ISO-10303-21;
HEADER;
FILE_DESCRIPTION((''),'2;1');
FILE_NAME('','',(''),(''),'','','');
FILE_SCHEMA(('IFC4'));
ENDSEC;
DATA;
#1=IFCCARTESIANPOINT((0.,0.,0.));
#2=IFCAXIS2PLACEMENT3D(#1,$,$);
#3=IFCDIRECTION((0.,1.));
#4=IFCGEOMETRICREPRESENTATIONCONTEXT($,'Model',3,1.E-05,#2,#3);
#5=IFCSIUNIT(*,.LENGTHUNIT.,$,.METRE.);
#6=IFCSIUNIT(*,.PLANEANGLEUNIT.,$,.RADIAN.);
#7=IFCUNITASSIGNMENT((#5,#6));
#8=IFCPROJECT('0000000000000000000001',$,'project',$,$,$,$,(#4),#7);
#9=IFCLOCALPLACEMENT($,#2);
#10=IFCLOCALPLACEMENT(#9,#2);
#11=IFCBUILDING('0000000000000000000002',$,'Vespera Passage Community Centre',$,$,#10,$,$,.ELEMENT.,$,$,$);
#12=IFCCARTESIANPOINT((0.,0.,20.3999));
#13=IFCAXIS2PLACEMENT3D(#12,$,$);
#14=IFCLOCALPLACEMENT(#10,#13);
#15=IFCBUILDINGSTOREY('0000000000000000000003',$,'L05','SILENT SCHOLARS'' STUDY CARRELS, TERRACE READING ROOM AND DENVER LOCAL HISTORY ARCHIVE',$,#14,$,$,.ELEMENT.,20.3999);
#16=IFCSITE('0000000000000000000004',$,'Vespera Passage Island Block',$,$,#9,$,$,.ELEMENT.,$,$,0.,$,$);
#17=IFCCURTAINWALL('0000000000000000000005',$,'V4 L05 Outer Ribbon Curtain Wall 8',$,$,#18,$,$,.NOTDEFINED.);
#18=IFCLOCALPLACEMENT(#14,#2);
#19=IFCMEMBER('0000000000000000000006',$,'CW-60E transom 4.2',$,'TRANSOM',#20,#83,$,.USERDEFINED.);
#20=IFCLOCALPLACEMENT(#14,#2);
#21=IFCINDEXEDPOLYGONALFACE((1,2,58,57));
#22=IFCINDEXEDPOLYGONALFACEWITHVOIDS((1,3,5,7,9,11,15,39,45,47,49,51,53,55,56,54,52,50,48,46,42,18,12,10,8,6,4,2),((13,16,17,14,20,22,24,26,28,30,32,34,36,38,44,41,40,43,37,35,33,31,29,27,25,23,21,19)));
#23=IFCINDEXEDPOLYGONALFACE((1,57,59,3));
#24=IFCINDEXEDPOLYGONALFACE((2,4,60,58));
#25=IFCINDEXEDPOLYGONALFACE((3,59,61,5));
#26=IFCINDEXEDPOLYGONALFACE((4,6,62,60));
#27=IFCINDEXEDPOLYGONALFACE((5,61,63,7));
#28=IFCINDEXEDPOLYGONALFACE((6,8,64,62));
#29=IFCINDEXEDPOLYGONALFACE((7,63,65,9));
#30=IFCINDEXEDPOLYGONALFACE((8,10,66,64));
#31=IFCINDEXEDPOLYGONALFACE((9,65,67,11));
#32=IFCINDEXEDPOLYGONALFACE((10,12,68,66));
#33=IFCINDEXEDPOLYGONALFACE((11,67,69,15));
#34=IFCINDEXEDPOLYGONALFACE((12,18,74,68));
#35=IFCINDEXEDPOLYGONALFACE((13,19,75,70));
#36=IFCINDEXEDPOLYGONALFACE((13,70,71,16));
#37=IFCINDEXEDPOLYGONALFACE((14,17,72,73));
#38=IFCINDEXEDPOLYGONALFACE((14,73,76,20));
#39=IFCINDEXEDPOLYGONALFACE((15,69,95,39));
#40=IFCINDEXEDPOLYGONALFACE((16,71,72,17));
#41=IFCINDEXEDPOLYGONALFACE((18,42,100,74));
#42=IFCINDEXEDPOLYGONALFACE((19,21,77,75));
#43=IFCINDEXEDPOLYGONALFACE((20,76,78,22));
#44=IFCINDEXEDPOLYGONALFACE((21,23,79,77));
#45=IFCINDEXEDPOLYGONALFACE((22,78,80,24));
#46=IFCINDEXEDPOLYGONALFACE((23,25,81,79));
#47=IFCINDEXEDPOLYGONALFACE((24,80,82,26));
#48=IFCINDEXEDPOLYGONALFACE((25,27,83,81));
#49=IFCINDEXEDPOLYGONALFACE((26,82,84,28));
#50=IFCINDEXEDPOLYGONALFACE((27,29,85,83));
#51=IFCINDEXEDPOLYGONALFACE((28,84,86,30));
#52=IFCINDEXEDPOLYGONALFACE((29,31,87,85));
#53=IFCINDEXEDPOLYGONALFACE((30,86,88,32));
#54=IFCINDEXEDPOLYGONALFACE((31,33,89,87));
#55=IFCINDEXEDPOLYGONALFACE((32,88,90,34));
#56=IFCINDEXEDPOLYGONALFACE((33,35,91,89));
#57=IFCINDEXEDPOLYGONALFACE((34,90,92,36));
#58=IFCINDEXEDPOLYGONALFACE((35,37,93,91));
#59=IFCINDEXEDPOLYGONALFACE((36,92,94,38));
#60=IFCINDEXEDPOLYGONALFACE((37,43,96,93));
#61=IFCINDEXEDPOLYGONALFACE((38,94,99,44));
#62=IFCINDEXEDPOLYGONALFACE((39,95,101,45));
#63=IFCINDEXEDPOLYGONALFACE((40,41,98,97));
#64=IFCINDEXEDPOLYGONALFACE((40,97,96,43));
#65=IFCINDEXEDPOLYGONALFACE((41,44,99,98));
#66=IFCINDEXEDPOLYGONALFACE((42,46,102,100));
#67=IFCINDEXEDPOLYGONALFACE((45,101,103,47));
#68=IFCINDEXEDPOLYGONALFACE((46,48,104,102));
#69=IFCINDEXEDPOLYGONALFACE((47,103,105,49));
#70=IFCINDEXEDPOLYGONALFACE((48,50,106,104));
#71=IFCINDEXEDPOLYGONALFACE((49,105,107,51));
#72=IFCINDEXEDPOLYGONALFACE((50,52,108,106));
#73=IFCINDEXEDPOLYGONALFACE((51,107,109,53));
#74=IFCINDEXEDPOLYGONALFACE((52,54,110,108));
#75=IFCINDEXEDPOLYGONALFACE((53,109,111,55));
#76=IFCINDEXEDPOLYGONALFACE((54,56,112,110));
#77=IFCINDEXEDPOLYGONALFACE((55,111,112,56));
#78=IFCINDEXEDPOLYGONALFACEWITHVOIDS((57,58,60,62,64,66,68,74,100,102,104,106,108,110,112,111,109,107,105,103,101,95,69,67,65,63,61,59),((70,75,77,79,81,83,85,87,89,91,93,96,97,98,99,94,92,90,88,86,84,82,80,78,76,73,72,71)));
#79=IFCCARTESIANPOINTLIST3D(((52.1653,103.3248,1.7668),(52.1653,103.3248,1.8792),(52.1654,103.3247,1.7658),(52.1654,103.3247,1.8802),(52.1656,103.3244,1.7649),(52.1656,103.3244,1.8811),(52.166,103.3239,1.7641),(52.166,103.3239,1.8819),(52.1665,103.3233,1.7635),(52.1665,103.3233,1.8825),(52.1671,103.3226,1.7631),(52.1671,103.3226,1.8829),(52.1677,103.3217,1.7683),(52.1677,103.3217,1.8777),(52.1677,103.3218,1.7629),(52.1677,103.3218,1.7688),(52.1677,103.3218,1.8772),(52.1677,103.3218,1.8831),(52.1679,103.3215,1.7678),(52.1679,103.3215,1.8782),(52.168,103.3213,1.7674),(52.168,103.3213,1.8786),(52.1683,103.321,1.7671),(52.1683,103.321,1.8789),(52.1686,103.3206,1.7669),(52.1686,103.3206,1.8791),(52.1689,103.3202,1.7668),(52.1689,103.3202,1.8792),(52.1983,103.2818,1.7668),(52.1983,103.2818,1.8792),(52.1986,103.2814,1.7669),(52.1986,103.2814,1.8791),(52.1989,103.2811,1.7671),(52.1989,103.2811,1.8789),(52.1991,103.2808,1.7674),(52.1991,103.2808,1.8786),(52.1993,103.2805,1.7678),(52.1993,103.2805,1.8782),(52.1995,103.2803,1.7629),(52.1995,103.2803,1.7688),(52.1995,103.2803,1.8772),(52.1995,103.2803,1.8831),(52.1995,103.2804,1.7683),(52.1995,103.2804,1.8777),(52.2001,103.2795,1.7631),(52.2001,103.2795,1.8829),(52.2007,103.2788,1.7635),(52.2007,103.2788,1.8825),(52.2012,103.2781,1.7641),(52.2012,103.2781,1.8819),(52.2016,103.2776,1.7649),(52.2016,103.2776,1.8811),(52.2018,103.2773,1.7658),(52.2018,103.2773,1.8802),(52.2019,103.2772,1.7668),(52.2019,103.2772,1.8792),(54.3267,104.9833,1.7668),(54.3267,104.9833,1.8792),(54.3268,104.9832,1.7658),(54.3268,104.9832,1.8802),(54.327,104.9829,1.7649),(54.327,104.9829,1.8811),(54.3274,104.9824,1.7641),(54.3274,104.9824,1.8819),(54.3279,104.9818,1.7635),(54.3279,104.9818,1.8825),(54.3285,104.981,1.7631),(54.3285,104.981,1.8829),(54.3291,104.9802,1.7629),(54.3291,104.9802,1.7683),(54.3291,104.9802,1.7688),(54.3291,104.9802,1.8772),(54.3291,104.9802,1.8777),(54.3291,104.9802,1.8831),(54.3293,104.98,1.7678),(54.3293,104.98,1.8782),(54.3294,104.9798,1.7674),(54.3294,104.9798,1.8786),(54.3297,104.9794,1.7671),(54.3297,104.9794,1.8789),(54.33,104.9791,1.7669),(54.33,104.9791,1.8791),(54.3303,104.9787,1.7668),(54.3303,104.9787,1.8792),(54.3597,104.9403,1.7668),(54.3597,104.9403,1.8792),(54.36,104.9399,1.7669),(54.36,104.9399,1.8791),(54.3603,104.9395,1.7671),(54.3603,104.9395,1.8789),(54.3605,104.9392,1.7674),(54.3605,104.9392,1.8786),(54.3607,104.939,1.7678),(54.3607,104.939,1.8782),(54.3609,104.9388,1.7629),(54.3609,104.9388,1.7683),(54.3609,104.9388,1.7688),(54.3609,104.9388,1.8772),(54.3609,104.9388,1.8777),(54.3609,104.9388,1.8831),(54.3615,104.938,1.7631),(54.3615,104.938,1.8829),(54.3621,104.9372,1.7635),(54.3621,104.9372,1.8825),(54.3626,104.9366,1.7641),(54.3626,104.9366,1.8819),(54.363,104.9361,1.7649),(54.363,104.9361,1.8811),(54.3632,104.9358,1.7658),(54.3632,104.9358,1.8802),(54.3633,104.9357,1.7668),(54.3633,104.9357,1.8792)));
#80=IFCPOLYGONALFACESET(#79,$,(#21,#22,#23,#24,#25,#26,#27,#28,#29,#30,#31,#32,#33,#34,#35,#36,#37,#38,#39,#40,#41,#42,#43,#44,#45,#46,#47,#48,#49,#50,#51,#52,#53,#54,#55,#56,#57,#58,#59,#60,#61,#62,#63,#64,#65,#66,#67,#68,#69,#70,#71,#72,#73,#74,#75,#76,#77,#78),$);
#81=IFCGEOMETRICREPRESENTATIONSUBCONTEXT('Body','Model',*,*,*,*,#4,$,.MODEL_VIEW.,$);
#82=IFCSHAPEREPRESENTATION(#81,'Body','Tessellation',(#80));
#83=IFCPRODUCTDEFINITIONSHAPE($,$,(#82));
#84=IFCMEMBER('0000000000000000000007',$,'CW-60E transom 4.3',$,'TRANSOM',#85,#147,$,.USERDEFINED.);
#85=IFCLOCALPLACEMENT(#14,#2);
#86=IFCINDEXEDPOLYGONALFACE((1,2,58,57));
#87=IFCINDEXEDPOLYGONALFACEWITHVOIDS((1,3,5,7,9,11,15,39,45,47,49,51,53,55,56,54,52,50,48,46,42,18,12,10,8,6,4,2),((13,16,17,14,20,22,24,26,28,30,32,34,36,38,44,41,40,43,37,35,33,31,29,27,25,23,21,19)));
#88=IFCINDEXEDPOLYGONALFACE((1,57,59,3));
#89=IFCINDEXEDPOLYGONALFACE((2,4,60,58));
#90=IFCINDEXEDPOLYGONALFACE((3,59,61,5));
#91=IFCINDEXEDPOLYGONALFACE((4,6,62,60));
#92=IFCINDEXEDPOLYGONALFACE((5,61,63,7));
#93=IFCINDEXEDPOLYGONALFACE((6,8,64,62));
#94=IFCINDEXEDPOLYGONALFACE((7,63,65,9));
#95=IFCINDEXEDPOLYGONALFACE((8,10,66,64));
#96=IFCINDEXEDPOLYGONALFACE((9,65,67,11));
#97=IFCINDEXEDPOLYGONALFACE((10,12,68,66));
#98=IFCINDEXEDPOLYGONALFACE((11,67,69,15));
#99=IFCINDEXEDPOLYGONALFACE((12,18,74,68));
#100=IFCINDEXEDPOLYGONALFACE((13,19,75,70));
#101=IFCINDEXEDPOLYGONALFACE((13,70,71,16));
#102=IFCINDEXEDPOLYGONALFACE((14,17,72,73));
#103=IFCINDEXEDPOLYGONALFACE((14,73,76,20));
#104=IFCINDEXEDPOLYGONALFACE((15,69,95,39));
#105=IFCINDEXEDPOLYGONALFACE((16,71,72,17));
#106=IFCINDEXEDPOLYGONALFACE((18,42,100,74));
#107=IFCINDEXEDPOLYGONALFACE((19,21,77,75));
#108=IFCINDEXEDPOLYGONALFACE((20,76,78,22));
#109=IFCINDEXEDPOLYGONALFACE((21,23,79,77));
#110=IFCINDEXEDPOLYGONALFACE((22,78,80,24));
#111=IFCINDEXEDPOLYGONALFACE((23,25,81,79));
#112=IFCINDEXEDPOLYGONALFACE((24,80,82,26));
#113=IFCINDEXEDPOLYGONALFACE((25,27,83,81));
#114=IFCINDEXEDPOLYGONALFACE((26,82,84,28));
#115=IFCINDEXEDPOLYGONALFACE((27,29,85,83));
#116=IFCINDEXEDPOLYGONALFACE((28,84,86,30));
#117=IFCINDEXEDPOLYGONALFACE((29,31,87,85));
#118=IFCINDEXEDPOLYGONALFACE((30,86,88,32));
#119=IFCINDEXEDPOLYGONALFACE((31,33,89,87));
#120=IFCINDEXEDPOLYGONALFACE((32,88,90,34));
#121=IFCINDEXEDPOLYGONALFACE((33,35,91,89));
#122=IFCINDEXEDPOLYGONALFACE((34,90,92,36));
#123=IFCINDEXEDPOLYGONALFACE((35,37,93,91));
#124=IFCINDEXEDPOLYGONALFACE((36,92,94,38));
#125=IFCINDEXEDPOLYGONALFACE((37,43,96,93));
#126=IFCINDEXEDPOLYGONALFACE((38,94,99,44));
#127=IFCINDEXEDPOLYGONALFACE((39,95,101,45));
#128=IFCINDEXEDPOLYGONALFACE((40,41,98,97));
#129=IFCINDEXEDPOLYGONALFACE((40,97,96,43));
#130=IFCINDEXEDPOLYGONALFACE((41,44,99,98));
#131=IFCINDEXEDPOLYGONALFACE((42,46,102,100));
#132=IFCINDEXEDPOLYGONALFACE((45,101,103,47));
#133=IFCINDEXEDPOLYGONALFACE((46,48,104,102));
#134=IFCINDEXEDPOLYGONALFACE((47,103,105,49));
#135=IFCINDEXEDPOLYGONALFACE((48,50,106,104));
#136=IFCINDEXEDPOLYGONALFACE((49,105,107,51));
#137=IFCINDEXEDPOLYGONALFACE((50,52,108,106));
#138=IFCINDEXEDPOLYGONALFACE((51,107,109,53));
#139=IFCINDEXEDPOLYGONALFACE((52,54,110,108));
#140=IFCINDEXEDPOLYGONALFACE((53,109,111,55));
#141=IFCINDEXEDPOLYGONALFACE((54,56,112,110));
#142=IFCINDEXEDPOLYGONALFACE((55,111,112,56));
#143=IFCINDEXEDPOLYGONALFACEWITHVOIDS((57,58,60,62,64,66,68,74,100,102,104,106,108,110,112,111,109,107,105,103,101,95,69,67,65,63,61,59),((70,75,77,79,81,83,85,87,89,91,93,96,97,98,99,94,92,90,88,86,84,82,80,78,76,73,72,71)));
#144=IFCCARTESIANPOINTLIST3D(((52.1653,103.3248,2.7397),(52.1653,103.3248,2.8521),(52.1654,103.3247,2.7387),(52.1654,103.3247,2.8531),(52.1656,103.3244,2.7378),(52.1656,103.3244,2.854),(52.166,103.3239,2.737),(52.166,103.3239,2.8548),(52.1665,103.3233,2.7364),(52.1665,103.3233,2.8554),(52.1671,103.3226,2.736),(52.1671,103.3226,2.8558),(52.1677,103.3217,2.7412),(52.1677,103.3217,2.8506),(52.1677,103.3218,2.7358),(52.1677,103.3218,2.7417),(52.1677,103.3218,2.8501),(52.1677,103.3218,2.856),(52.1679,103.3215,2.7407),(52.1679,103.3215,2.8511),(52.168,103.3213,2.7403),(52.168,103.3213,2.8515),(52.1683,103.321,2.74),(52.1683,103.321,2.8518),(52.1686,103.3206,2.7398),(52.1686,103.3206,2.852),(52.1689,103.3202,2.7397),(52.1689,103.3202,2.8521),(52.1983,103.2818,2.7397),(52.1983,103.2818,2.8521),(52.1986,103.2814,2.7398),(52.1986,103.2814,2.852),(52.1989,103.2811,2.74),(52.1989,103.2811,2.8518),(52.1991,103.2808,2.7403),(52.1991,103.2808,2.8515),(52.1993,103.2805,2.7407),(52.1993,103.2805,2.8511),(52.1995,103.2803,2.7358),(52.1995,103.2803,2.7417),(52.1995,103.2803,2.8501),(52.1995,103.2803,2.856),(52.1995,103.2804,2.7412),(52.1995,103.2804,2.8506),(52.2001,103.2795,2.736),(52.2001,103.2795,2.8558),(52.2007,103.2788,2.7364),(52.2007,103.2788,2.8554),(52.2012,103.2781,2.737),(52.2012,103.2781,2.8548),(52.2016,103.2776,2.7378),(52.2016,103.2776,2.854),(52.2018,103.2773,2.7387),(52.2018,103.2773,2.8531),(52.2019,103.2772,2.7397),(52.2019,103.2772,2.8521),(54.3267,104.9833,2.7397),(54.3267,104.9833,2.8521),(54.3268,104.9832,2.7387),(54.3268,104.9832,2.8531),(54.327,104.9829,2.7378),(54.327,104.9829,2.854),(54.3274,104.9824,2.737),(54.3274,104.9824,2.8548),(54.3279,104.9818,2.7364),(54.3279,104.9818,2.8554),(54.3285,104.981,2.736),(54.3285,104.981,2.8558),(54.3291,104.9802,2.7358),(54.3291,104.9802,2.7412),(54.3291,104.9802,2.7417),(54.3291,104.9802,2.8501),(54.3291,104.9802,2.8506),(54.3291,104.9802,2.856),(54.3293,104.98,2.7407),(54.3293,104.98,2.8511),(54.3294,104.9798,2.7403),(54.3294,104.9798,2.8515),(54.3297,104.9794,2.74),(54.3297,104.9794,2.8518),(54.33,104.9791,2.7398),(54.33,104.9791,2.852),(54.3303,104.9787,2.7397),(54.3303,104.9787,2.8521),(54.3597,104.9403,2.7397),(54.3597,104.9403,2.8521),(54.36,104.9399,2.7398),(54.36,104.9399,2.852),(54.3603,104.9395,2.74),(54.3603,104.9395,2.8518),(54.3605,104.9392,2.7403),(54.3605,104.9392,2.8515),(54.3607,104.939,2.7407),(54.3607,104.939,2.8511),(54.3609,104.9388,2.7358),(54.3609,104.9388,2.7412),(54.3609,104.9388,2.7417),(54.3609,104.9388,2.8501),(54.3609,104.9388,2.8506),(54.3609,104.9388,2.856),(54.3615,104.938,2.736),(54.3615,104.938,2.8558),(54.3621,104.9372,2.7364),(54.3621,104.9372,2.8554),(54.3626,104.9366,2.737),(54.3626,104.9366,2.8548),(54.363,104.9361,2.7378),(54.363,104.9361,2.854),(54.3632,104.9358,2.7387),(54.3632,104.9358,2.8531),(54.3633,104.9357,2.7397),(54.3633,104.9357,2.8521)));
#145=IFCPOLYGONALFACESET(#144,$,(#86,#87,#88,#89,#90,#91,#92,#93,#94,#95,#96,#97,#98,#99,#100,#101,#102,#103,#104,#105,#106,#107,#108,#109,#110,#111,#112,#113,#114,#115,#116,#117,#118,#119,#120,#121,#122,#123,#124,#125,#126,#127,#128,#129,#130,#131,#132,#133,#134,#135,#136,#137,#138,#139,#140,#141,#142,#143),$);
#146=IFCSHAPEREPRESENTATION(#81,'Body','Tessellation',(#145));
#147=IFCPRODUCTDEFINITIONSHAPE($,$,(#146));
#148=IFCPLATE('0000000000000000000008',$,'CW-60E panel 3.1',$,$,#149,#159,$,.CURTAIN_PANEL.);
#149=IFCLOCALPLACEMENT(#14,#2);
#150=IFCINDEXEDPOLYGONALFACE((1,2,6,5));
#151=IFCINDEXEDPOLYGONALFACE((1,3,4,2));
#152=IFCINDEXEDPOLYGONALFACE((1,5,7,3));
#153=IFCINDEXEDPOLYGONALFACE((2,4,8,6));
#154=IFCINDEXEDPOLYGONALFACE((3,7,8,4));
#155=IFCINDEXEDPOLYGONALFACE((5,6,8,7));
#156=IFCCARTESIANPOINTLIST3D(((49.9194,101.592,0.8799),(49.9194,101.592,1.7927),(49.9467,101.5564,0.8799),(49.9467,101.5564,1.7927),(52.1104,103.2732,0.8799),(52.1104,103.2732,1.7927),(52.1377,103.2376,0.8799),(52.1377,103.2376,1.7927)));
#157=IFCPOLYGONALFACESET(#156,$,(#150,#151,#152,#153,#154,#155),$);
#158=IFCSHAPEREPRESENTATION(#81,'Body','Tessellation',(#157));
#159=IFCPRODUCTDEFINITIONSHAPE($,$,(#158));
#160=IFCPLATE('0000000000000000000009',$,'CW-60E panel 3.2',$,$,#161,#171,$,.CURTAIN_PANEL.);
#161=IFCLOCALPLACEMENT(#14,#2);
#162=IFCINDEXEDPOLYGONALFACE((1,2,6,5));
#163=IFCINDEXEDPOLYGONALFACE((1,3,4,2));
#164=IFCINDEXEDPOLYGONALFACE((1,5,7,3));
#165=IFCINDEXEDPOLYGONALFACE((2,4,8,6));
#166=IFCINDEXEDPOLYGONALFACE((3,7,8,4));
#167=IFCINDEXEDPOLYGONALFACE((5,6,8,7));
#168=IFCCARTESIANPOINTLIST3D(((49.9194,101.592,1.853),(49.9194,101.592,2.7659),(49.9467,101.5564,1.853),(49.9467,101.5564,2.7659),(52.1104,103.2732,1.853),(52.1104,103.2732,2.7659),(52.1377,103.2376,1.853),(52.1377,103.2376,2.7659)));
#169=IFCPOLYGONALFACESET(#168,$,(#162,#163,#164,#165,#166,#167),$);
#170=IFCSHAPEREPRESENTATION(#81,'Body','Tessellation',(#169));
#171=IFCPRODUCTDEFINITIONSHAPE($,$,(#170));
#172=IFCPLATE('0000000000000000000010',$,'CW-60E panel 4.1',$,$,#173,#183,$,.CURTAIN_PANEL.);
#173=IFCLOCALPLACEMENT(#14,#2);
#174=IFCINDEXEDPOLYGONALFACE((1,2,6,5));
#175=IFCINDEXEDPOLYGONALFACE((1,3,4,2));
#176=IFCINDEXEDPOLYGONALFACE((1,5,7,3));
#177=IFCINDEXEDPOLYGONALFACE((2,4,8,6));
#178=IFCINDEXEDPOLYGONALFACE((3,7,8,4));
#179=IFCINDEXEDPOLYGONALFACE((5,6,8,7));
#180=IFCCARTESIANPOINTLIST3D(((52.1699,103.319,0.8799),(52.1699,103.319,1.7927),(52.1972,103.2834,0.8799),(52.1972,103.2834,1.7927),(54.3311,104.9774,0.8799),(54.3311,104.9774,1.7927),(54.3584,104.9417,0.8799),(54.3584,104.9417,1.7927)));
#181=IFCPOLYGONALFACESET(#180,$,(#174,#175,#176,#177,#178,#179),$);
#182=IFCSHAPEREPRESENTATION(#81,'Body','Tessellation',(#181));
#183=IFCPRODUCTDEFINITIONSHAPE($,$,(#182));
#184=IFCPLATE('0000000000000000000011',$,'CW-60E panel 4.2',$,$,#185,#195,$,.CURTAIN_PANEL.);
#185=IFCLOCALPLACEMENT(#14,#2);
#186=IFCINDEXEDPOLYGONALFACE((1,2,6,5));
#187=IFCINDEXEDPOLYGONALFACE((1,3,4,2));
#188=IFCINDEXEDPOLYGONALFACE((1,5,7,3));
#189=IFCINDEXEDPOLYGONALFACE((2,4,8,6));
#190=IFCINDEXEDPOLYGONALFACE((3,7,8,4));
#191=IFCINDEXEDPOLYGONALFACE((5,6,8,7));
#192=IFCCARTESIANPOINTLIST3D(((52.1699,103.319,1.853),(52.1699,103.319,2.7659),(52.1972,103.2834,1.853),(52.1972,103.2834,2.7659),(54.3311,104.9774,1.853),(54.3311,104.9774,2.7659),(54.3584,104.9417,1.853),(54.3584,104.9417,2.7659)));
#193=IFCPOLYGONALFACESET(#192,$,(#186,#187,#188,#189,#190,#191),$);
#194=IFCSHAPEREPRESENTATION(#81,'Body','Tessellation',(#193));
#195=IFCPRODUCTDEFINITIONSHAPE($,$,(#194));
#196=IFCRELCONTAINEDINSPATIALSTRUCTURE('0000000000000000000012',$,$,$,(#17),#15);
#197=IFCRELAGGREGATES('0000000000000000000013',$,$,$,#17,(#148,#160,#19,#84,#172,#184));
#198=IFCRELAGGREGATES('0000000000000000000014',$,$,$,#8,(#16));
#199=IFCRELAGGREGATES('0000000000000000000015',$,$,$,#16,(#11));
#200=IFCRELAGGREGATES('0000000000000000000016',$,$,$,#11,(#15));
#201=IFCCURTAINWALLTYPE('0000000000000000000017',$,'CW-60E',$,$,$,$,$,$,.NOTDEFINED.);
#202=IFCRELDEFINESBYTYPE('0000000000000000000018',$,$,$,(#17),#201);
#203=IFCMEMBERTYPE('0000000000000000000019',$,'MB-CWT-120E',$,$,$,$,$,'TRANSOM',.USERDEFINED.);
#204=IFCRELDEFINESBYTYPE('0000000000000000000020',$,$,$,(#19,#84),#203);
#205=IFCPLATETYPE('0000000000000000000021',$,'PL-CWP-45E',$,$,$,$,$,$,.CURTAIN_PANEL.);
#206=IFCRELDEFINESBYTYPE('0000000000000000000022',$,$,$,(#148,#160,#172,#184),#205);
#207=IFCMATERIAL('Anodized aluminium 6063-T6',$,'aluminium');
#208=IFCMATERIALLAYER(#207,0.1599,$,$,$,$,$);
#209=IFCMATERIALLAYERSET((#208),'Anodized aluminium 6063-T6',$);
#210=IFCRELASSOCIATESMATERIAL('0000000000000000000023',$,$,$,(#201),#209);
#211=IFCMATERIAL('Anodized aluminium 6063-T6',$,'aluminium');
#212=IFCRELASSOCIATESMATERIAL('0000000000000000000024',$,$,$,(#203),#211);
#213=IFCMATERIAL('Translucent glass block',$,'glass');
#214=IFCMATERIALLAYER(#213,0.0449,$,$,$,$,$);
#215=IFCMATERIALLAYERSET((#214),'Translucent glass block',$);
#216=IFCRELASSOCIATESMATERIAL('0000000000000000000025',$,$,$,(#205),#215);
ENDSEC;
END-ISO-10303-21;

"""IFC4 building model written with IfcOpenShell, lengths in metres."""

from ifc_helpers import new_model, si_unit, direction, frame, origin, origin_2d, place, context, subcontext, project, spatial, rectangle, hollow_rectangle, extrude, material, layer, layer_set, material_profile, profile_set, type_object, element, aggregate, save


model = new_model("IFC4")

# Units and contexts
model_context = context("Model", 3, precision=1e-05, world=origin(), true_north=direction((0.0, 1.0)))
body_context = subcontext(model_context, "Body", "Model", "MODEL_VIEW")
ifc_project = project(units=[si_unit("LENGTHUNIT", "METRE"), si_unit("PLANEANGLEUNIT", "RADIAN")], contexts=[model_context])

# Site, building, storey
site_placement = place(None, origin())
site = spatial("IfcSite", under=ifc_project, at=site_placement, Name="Vespera Passage Island Block", CompositionType="ELEMENT", RefElevation=0.0)
building_placement = place(site_placement, origin())
building = spatial("IfcBuilding", under=site, at=building_placement, Name="Vespera Passage Community Centre", CompositionType="ELEMENT")
storey_placement = place(building_placement, frame((0.0, 0.0, 20.3999)))
storey = spatial("IfcBuildingStorey", under=building, at=storey_placement, Name="L05", Description="SILENT SCHOLARS' STUDY CARRELS, TERRACE READING ROOM AND DENVER LOCAL HISTORY ARCHIVE", CompositionType="ELEMENT", Elevation=20.3999)

# Curtain wall
ifc_material_1 = material(Name="Anodized aluminium 6063-T6", Category="aluminium")
ifc_layer_1 = layer(ifc_material_1, 0.1599)
ifc_layer_set_1 = layer_set([ifc_layer_1], Name="Anodized aluminium 6063-T6")
curtain_wall_type_1 = type_object("IfcCurtainWallType", Name="CW-60E", PredefinedType="NOTDEFINED", material=ifc_layer_set_1)
curtain_wall_1_placement = place(storey_placement, origin())
curtain_wall_1 = element("IfcCurtainWall", 1, at=curtain_wall_1_placement, inside=storey, type_object=curtain_wall_type_1, Name="V4 L05 Outer Ribbon Curtain Wall 8", PredefinedType="NOTDEFINED")

# Members
ifc_material_2 = material(Name="Anodized aluminium 6063-T6", Category="aluminium")
ifc_material_profile_1 = material_profile(ifc_material_2, hollow_rectangle(XDim=0.0601, YDim=0.1201, WallThickness=0.0039, InnerFilletRadius=0.002, OuterFilletRadius=0.0039, at=origin_2d()), Name="ALU120X60X4")
ifc_profile_set_1 = profile_set([ifc_material_profile_1], Name="Anodized aluminium 6063-T6")
member_type_1 = type_object("IfcMemberType", Name="MB-CWT-120E", ElementType="TRANSOM", PredefinedType="USERDEFINED", material=ifc_profile_set_1)
member_1_placement = place(storey_placement, frame((52.1836, 103.301, 1.823), z_axis=(0.79336, 0.608753, 0.0), x_axis=(-0.608753, 0.79336, 0.0)))
member_1 = element("IfcMember", 2, at=member_1_placement, type_object=member_type_1, Name="CW-60E transom 4.2", ObjectType="TRANSOM", PredefinedType="USERDEFINED", context=body_context, shape_type="SweptSolid", body=[
    extrude(hollow_rectangle(XDim=0.0601, YDim=0.1201, WallThickness=0.0039, InnerFilletRadius=0.002, OuterFilletRadius=0.0039, at=origin_2d()), origin(), (0.0, 0.0, 1.0), 2.7244),
])
member_2_placement = place(storey_placement, frame((52.1836, 103.301, 2.7959), z_axis=(0.79336, 0.608753, 0.0), x_axis=(-0.608753, 0.79336, 0.0)))
member_2 = element("IfcMember", 3, at=member_2_placement, type_object=member_type_1, Name="CW-60E transom 4.3", ObjectType="TRANSOM", PredefinedType="USERDEFINED", context=body_context, shape_type="SweptSolid", body=[
    extrude(hollow_rectangle(XDim=0.0601, YDim=0.1201, WallThickness=0.0039, InnerFilletRadius=0.002, OuterFilletRadius=0.0039, at=origin_2d()), origin(), (0.0, 0.0, 1.0), 2.7244),
])

# Plates
ifc_material_3 = material(Name="Translucent glass block", Category="glass")
ifc_layer_2 = layer(ifc_material_3, 0.0449)
ifc_layer_set_2 = layer_set([ifc_layer_2], Name="Translucent glass block")
plate_type = type_object("IfcPlateType", Name="PL-CWP-45E", PredefinedType="CURTAIN_PANEL", material=ifc_layer_set_2)
plate_1_placement = place(storey_placement, frame((51.0286, 102.4148, 0.8799), z_axis=(0.0, 0.0, 1.0), x_axis=(0.793348, 0.608768, 0.0)))
plate_1 = element("IfcPlate", 4, at=plate_1_placement, type_object=plate_type, Name="CW-60E panel 3.1", PredefinedType="CURTAIN_PANEL", context=body_context, shape_type="SweptSolid", body=[
    extrude(rectangle(XDim=2.7617, YDim=0.0449, at=origin_2d()), origin(), (0.0, 0.0, 1.0), 0.9128),
])
plate_2_placement = place(storey_placement, frame((51.0286, 102.4148, 1.853), z_axis=(0.0, 0.0, 1.0), x_axis=(0.793348, 0.608768, 0.0)))
plate_2 = element("IfcPlate", 5, at=plate_2_placement, type_object=plate_type, Name="CW-60E panel 3.2", PredefinedType="CURTAIN_PANEL", context=body_context, shape_type="SweptSolid", body=[
    extrude(rectangle(XDim=2.7617, YDim=0.0449, at=origin_2d()), origin(), (0.0, 0.0, 1.0), 0.9128),
])
plate_3_placement = place(storey_placement, frame((53.2642, 104.1304, 0.8799), z_axis=(0.0, 0.0, 1.0), x_axis=(0.793348, 0.608768, 0.0)))
plate_3 = element("IfcPlate", 6, at=plate_3_placement, type_object=plate_type, Name="CW-60E panel 4.1", PredefinedType="CURTAIN_PANEL", context=body_context, shape_type="SweptSolid", body=[
    extrude(rectangle(XDim=2.7241, YDim=0.0449, at=origin_2d()), origin(), (0.0, 0.0, 1.0), 0.9128),
])
plate_4_placement = place(storey_placement, frame((53.2642, 104.1304, 1.853), z_axis=(0.0, 0.0, 1.0), x_axis=(0.793348, 0.608768, 0.0)))
plate_4 = element("IfcPlate", 7, at=plate_4_placement, type_object=plate_type, Name="CW-60E panel 4.2", PredefinedType="CURTAIN_PANEL", context=body_context, shape_type="SweptSolid", body=[
    extrude(rectangle(XDim=2.7241, YDim=0.0449, at=origin_2d()), origin(), (0.0, 0.0, 1.0), 0.9128),
])
aggregate(curtain_wall_1, [plate_1, plate_2, member_1, member_2, plate_3, plate_4])

save(model, "model.ifc")
